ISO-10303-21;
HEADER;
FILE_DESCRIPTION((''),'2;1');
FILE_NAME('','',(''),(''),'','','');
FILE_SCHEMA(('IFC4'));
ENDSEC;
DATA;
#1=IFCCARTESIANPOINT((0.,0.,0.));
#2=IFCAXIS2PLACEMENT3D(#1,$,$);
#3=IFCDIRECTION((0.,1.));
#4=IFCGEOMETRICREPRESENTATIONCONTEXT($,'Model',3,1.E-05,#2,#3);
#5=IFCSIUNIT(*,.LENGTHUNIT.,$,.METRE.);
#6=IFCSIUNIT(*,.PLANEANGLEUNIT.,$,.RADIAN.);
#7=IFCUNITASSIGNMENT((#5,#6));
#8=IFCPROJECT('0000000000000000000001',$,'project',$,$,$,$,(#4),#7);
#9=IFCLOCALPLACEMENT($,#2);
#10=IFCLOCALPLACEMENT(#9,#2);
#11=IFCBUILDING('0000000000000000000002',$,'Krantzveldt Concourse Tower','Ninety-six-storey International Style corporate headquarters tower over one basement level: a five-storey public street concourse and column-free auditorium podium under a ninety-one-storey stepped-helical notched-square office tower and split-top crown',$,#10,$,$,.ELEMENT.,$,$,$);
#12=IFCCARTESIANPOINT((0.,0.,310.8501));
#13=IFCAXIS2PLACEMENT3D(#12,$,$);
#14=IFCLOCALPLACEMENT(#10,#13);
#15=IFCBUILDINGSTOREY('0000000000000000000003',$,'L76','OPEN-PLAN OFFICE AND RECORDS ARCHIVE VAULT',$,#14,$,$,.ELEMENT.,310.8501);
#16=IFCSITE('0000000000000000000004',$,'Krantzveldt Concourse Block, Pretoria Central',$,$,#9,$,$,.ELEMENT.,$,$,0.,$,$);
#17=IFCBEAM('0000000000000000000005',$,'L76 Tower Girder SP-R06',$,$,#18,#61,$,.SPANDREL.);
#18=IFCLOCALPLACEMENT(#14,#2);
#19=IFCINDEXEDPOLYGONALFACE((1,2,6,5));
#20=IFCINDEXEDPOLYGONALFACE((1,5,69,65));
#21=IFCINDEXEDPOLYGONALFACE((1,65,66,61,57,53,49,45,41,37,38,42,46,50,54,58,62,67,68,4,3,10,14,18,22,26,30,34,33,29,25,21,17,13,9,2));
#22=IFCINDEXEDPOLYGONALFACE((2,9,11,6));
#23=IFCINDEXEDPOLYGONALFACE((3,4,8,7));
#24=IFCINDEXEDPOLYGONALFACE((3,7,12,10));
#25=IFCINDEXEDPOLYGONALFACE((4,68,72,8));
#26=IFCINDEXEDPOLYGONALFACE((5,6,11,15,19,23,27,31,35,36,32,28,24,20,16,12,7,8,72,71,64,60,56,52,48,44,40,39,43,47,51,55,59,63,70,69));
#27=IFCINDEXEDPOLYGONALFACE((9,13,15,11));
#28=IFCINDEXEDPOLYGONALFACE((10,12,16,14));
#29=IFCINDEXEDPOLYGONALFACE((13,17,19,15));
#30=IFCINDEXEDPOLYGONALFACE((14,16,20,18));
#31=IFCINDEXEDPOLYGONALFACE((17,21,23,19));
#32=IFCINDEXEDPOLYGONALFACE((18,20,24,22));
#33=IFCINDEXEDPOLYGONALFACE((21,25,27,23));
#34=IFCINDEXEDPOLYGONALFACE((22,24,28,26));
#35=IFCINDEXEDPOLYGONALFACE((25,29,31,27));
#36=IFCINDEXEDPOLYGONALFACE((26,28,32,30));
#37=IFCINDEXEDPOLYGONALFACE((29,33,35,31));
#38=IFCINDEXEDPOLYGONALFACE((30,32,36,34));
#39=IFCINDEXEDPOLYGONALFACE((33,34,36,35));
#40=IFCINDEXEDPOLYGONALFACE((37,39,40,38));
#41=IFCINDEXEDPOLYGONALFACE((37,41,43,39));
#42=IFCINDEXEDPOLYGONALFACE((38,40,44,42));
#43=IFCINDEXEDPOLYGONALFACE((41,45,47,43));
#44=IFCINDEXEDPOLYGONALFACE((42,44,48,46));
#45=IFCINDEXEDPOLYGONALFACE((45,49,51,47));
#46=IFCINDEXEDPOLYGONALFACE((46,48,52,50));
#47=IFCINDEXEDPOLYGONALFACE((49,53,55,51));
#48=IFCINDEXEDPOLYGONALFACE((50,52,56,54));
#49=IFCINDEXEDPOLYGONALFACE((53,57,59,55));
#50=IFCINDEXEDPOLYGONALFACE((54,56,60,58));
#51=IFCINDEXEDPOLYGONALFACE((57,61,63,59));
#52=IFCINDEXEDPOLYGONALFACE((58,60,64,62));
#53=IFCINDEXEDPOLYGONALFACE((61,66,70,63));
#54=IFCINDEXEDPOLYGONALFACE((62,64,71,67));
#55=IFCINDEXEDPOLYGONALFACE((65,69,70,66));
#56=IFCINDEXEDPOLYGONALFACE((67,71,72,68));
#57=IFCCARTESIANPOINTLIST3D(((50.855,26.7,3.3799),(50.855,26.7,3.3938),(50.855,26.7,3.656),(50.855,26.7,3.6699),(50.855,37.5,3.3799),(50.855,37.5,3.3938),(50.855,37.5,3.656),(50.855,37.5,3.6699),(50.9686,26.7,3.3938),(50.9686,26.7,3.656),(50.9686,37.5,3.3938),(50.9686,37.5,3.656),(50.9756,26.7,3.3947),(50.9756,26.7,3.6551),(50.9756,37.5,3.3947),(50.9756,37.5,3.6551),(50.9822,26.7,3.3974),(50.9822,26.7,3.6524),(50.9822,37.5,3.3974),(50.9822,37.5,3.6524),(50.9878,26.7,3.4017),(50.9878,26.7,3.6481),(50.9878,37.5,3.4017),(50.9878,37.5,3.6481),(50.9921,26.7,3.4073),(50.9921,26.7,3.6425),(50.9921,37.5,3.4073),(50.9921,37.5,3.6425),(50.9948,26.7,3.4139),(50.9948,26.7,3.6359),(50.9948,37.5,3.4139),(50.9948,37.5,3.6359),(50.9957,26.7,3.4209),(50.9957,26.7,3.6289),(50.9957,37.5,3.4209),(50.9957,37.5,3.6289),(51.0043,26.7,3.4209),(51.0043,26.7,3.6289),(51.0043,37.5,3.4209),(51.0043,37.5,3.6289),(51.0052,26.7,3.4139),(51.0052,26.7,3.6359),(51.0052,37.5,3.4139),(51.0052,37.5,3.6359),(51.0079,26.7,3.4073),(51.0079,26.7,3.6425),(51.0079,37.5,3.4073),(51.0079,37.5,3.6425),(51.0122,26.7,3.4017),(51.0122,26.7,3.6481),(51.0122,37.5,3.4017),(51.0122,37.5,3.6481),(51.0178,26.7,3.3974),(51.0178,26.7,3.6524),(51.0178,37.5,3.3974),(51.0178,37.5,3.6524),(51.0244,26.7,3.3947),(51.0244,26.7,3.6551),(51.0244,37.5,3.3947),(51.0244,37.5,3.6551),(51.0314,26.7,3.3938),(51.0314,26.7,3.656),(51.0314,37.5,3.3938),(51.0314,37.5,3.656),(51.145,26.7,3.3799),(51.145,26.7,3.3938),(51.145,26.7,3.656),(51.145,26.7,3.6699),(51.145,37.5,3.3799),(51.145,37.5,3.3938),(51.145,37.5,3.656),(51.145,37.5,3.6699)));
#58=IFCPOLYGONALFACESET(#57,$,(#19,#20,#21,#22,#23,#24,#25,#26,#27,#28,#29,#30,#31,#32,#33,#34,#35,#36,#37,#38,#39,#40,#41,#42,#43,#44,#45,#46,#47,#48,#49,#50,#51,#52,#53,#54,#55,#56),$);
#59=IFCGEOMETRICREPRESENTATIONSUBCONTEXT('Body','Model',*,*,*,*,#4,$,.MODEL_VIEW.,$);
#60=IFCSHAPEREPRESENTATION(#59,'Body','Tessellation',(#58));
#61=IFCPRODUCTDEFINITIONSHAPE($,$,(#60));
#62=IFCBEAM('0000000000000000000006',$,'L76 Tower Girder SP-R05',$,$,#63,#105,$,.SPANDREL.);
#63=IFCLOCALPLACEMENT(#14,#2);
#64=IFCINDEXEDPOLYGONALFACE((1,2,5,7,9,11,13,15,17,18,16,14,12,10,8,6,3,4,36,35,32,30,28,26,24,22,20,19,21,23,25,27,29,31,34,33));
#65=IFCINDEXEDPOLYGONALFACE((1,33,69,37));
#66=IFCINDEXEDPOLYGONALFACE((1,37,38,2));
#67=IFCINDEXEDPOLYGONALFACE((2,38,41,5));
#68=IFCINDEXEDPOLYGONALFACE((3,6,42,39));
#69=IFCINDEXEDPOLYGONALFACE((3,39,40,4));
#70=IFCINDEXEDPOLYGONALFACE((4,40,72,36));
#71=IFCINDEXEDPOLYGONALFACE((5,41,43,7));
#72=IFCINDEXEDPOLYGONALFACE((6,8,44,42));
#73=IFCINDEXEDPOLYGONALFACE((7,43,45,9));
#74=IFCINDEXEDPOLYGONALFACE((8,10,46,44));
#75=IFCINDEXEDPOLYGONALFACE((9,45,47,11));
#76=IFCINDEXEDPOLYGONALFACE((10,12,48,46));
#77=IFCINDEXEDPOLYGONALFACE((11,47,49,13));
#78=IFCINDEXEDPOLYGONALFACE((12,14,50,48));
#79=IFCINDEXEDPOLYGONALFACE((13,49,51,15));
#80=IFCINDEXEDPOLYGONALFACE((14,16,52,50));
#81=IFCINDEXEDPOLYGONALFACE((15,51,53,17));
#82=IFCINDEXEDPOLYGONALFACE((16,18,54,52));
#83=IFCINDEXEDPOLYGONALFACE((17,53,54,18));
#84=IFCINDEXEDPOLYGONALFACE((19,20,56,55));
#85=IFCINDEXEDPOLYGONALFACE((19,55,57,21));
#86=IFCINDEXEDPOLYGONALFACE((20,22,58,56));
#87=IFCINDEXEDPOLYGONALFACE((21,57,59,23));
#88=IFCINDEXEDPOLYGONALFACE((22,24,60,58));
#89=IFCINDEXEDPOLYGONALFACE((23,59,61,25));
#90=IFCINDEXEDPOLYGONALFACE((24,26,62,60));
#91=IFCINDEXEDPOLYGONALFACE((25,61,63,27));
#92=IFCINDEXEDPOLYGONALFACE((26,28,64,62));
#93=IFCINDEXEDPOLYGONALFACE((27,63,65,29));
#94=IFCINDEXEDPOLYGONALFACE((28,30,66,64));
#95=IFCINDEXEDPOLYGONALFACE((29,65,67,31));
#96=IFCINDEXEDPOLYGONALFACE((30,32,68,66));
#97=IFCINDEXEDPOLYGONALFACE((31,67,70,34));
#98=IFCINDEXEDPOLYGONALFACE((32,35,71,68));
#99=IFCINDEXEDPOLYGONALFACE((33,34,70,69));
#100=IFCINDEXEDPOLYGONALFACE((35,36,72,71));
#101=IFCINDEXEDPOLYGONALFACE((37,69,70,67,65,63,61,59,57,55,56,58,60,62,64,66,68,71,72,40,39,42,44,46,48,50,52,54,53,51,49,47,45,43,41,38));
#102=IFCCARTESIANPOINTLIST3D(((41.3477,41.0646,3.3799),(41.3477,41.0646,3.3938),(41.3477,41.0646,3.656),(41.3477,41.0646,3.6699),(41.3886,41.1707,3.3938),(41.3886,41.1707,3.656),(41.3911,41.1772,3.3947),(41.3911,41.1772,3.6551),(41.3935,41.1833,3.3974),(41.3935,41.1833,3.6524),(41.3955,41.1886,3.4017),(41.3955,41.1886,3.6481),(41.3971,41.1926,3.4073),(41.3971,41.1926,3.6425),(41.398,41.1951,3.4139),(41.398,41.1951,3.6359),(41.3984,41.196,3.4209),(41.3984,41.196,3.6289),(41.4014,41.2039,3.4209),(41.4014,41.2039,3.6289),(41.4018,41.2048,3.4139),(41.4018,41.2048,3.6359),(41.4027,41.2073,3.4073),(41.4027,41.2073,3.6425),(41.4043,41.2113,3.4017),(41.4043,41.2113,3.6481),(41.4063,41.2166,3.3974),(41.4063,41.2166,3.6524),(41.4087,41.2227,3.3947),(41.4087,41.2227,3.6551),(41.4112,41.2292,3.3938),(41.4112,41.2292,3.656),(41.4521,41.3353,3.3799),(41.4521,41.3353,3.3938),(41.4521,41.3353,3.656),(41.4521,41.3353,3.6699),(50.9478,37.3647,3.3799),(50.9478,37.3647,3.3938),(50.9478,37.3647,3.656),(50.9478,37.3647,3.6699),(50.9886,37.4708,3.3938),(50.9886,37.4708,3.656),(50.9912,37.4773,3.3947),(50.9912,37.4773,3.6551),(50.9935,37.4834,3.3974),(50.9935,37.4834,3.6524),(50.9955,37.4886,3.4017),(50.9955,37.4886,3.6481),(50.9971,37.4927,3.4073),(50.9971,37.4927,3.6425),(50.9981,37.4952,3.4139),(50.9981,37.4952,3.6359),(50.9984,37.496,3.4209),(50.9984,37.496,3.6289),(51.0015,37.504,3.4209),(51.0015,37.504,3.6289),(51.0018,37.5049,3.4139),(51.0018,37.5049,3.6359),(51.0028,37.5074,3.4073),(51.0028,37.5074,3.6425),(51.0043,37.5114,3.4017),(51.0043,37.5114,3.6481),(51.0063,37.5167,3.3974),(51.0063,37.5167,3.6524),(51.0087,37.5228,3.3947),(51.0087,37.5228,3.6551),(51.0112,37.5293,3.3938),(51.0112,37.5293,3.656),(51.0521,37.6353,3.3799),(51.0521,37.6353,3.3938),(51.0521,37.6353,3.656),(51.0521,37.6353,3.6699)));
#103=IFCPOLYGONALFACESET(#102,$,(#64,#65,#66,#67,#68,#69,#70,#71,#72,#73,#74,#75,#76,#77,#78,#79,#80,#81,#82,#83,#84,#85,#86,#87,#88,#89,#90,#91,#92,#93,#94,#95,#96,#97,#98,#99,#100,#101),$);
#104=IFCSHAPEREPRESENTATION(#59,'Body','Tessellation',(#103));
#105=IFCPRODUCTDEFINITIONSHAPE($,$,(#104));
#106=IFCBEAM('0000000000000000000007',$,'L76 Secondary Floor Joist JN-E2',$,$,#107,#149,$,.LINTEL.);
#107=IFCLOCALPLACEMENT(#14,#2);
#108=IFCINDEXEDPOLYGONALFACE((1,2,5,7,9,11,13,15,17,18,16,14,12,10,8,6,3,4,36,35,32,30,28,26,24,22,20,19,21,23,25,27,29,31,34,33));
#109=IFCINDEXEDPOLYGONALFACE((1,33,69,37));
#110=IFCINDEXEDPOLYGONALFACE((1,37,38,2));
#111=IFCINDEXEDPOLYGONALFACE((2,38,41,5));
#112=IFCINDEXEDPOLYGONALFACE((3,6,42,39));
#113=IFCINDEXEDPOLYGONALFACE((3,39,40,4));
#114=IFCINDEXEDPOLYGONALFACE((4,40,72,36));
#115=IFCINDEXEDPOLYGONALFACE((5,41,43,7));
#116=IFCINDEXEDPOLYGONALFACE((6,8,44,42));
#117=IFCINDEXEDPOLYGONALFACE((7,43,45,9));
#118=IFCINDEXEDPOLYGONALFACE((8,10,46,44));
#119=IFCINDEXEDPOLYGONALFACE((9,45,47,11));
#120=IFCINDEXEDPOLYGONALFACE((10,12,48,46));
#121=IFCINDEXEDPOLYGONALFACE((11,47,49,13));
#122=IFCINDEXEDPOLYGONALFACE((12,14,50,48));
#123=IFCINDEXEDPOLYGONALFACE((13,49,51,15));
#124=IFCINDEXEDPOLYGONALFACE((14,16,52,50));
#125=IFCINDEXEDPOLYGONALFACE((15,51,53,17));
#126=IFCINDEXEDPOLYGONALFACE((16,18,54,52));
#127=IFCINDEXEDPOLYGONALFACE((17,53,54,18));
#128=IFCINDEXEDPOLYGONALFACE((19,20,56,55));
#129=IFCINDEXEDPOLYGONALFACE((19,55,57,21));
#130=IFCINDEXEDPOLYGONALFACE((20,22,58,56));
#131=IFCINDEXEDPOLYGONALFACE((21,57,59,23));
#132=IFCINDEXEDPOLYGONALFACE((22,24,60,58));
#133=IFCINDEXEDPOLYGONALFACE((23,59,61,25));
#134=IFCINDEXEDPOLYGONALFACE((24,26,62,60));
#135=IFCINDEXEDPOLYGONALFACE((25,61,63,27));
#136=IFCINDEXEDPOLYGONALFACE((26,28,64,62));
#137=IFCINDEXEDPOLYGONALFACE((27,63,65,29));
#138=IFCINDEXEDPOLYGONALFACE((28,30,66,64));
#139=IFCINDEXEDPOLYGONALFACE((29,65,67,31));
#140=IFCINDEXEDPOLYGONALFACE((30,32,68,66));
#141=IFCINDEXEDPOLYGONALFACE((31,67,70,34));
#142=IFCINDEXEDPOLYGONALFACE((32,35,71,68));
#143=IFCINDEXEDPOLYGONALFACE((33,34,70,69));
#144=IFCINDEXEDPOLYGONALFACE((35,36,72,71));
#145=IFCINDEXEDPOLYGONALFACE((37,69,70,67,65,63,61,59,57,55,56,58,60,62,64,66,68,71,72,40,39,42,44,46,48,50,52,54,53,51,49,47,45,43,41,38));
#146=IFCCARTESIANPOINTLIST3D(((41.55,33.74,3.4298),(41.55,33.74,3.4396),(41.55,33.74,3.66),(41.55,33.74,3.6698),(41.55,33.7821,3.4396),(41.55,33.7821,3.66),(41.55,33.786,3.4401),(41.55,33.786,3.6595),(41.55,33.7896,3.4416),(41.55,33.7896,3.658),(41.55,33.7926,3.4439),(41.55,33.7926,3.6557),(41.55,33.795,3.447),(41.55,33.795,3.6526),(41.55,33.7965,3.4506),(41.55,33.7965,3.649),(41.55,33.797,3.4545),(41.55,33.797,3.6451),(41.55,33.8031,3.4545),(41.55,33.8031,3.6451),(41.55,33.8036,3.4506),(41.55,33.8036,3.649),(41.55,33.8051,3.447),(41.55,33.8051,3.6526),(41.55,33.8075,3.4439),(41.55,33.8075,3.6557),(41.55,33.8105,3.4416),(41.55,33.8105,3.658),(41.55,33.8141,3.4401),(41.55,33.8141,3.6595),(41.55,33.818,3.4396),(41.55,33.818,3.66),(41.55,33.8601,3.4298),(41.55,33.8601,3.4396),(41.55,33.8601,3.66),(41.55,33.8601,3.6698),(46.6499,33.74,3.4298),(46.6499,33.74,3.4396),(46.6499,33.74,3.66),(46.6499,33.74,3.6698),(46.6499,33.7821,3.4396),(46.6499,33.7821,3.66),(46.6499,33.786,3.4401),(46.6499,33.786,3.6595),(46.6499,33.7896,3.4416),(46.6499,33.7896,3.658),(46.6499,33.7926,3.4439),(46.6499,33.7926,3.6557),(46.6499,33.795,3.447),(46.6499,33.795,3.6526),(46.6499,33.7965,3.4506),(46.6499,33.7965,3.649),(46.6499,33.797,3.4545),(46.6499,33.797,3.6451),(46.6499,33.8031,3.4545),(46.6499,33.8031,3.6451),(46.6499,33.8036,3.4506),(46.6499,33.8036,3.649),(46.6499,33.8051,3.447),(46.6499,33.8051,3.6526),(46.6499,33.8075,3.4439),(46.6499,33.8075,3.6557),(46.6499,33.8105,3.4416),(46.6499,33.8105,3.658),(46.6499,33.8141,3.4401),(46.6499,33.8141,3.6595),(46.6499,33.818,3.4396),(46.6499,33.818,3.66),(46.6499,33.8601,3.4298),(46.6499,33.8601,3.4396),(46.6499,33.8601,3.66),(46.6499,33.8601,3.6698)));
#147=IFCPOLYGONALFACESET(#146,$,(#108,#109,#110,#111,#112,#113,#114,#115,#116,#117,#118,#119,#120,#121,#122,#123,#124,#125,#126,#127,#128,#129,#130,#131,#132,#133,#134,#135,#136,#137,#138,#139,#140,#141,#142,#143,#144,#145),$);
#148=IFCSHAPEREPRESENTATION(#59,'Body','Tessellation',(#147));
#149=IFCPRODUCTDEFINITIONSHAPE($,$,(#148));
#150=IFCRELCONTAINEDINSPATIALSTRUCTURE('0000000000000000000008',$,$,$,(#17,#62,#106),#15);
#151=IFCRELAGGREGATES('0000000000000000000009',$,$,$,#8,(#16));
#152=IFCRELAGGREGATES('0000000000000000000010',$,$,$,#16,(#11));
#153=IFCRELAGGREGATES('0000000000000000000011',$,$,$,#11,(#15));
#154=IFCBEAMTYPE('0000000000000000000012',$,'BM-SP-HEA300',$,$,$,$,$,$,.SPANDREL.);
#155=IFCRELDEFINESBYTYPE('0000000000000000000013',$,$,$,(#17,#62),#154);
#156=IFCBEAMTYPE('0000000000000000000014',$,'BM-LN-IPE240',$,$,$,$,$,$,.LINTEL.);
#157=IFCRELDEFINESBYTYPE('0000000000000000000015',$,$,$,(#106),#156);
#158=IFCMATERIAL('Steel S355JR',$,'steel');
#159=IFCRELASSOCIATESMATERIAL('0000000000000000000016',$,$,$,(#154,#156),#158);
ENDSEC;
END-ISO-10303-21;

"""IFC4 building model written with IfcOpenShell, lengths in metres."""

from ifc_helpers import new_model, si_unit, direction, frame, origin, origin_2d, place, context, subcontext, project, spatial, i_section, extrude, source, transform, mapped, material, material_profile, profile_set, type_object, type_shapes, element, save


model = new_model("IFC4")

# Units and contexts
model_context = context("Model", 3, precision=1e-05, world=origin(), true_north=direction((0.0, 1.0)))
body_context = subcontext(model_context, "Body", "Model", "MODEL_VIEW")
ifc_project = project(units=[si_unit("LENGTHUNIT", "METRE"), si_unit("PLANEANGLEUNIT", "RADIAN")], contexts=[model_context])

# Site, building, storey
site_placement = place(None, origin())
site = spatial("IfcSite", under=ifc_project, at=site_placement, Name="Krantzveldt Concourse Block, Pretoria Central", CompositionType="ELEMENT", RefElevation=0.0)
building_placement = place(site_placement, origin())
building = spatial("IfcBuilding", under=site, at=building_placement, Name="Krantzveldt Concourse Tower", Description="Ninety-six-storey International Style corporate headquarters tower over one basement level: a five-storey public street concourse and column-free auditorium podium under a ninety-one-storey stepped-helical notched-square office tower and split-top crown", CompositionType="ELEMENT")
storey_placement = place(building_placement, frame((0.0, 0.0, 310.8501)))
storey = spatial("IfcBuildingStorey", under=building, at=storey_placement, Name="L76", Description="OPEN-PLAN OFFICE AND RECORDS ARCHIVE VAULT", CompositionType="ELEMENT", Elevation=310.8501)

# Beams
ifc_material_1 = material(Name="Steel S355JR", Category="steel")
ifc_material_profile_1 = material_profile(ifc_material_1, i_section(OverallWidth=0.29, OverallDepth=0.29, WebThickness=0.0085, FlangeThickness=0.0139, FilletRadius=0.0271, at=origin_2d()), Name="Steel S355JR", Category="steel")
ifc_profile_set_1 = profile_set([ifc_material_profile_1], Name="Steel S355JR - HEA 300")
beam_type_1 = type_object("IfcBeamType", Name="BM-SP-HEA300", PredefinedType="SPANDREL", material=ifc_profile_set_1)
shared_shape_1 = source(origin(), body_context, "Body", "SweptSolid", [
    extrude(i_section(OverallWidth=0.29, OverallDepth=0.29, WebThickness=0.0085, FlangeThickness=0.0139, FilletRadius=0.0271, at=origin_2d()), origin(), (0.0, 0.0, 1.0), 10.8),
])
beam_1_placement = place(storey_placement, frame((51.0, 37.5, 3.5249), z_axis=(0.0, -1.0, 0.0), x_axis=(1.0, 0.0, 0.0)))
element("IfcBeam", 1, at=beam_1_placement, inside=storey, type_object=beam_type_1, Name="L76 Tower Girder SP-R06", PredefinedType="SPANDREL", context=body_context, shape_type="MappedRepresentation", body=[
    mapped(shared_shape_1, transform((0.0, 0.0, 0.0), x_axis=(1.0, 0.0, 0.0), y_axis=(0.0, 1.0, 0.0), z_axis=(0.0, 0.0, 1.0), scale=1.0)),
])
shared_shape_2 = source(origin(), body_context, "Body", "SweptSolid", [
    extrude(i_section(OverallWidth=0.29, OverallDepth=0.29, WebThickness=0.0085, FlangeThickness=0.0139, FilletRadius=0.0271, at=origin_2d()), origin(), (0.0, 0.0, 1.0), 10.2883),
])
type_shapes(beam_type_1, [shared_shape_1, shared_shape_2])
beam_2_placement = place(storey_placement, frame((41.3999, 41.2, 3.5249), z_axis=(0.933098, -0.359623, 0.0), x_axis=(0.359623, 0.933098, 0.0)))
element("IfcBeam", 2, at=beam_2_placement, inside=storey, type_object=beam_type_1, Name="L76 Tower Girder SP-R05", PredefinedType="SPANDREL", context=body_context, shape_type="MappedRepresentation", body=[
    mapped(shared_shape_2, transform((0.0, 0.0, 0.0), x_axis=(1.0, 0.0, 0.0), y_axis=(0.0, 1.0, 0.0), z_axis=(0.0, 0.0, 1.0), scale=1.0)),
])
ifc_material_profile_2 = material_profile(ifc_material_1, i_section(OverallWidth=0.1201, OverallDepth=0.24, WebThickness=0.0061, FlangeThickness=0.0098, FilletRadius=0.0149, at=origin_2d()), Name="Steel S355JR", Category="steel")
ifc_profile_set_2 = profile_set([ifc_material_profile_2], Name="Steel S355JR - IPE 240")
beam_type_2 = type_object("IfcBeamType", Name="BM-LN-IPE240", PredefinedType="LINTEL", material=ifc_profile_set_2)
shared_shape_3 = source(origin(), body_context, "Body", "SweptSolid", [
    extrude(i_section(OverallWidth=0.1201, OverallDepth=0.24, WebThickness=0.0061, FlangeThickness=0.0098, FilletRadius=0.0149, at=origin_2d()), origin(), (0.0, 0.0, 1.0), 5.0999),
])
type_shapes(beam_type_2, [shared_shape_3])
beam_3_placement = place(storey_placement, frame((41.55, 33.8, 3.5498), z_axis=(1.0, 0.0, 0.0), x_axis=(0.0, 1.0, 0.0)))
element("IfcBeam", 3, at=beam_3_placement, inside=storey, type_object=beam_type_2, Name="L76 Secondary Floor Joist JN-E2", PredefinedType="LINTEL", context=body_context, shape_type="MappedRepresentation", body=[
    mapped(shared_shape_3, transform((0.0, 0.0, 0.0), x_axis=(1.0, 0.0, 0.0), y_axis=(0.0, 1.0, 0.0), z_axis=(0.0, 0.0, 1.0), scale=1.0)),
])

save(model, "model.ifc")
